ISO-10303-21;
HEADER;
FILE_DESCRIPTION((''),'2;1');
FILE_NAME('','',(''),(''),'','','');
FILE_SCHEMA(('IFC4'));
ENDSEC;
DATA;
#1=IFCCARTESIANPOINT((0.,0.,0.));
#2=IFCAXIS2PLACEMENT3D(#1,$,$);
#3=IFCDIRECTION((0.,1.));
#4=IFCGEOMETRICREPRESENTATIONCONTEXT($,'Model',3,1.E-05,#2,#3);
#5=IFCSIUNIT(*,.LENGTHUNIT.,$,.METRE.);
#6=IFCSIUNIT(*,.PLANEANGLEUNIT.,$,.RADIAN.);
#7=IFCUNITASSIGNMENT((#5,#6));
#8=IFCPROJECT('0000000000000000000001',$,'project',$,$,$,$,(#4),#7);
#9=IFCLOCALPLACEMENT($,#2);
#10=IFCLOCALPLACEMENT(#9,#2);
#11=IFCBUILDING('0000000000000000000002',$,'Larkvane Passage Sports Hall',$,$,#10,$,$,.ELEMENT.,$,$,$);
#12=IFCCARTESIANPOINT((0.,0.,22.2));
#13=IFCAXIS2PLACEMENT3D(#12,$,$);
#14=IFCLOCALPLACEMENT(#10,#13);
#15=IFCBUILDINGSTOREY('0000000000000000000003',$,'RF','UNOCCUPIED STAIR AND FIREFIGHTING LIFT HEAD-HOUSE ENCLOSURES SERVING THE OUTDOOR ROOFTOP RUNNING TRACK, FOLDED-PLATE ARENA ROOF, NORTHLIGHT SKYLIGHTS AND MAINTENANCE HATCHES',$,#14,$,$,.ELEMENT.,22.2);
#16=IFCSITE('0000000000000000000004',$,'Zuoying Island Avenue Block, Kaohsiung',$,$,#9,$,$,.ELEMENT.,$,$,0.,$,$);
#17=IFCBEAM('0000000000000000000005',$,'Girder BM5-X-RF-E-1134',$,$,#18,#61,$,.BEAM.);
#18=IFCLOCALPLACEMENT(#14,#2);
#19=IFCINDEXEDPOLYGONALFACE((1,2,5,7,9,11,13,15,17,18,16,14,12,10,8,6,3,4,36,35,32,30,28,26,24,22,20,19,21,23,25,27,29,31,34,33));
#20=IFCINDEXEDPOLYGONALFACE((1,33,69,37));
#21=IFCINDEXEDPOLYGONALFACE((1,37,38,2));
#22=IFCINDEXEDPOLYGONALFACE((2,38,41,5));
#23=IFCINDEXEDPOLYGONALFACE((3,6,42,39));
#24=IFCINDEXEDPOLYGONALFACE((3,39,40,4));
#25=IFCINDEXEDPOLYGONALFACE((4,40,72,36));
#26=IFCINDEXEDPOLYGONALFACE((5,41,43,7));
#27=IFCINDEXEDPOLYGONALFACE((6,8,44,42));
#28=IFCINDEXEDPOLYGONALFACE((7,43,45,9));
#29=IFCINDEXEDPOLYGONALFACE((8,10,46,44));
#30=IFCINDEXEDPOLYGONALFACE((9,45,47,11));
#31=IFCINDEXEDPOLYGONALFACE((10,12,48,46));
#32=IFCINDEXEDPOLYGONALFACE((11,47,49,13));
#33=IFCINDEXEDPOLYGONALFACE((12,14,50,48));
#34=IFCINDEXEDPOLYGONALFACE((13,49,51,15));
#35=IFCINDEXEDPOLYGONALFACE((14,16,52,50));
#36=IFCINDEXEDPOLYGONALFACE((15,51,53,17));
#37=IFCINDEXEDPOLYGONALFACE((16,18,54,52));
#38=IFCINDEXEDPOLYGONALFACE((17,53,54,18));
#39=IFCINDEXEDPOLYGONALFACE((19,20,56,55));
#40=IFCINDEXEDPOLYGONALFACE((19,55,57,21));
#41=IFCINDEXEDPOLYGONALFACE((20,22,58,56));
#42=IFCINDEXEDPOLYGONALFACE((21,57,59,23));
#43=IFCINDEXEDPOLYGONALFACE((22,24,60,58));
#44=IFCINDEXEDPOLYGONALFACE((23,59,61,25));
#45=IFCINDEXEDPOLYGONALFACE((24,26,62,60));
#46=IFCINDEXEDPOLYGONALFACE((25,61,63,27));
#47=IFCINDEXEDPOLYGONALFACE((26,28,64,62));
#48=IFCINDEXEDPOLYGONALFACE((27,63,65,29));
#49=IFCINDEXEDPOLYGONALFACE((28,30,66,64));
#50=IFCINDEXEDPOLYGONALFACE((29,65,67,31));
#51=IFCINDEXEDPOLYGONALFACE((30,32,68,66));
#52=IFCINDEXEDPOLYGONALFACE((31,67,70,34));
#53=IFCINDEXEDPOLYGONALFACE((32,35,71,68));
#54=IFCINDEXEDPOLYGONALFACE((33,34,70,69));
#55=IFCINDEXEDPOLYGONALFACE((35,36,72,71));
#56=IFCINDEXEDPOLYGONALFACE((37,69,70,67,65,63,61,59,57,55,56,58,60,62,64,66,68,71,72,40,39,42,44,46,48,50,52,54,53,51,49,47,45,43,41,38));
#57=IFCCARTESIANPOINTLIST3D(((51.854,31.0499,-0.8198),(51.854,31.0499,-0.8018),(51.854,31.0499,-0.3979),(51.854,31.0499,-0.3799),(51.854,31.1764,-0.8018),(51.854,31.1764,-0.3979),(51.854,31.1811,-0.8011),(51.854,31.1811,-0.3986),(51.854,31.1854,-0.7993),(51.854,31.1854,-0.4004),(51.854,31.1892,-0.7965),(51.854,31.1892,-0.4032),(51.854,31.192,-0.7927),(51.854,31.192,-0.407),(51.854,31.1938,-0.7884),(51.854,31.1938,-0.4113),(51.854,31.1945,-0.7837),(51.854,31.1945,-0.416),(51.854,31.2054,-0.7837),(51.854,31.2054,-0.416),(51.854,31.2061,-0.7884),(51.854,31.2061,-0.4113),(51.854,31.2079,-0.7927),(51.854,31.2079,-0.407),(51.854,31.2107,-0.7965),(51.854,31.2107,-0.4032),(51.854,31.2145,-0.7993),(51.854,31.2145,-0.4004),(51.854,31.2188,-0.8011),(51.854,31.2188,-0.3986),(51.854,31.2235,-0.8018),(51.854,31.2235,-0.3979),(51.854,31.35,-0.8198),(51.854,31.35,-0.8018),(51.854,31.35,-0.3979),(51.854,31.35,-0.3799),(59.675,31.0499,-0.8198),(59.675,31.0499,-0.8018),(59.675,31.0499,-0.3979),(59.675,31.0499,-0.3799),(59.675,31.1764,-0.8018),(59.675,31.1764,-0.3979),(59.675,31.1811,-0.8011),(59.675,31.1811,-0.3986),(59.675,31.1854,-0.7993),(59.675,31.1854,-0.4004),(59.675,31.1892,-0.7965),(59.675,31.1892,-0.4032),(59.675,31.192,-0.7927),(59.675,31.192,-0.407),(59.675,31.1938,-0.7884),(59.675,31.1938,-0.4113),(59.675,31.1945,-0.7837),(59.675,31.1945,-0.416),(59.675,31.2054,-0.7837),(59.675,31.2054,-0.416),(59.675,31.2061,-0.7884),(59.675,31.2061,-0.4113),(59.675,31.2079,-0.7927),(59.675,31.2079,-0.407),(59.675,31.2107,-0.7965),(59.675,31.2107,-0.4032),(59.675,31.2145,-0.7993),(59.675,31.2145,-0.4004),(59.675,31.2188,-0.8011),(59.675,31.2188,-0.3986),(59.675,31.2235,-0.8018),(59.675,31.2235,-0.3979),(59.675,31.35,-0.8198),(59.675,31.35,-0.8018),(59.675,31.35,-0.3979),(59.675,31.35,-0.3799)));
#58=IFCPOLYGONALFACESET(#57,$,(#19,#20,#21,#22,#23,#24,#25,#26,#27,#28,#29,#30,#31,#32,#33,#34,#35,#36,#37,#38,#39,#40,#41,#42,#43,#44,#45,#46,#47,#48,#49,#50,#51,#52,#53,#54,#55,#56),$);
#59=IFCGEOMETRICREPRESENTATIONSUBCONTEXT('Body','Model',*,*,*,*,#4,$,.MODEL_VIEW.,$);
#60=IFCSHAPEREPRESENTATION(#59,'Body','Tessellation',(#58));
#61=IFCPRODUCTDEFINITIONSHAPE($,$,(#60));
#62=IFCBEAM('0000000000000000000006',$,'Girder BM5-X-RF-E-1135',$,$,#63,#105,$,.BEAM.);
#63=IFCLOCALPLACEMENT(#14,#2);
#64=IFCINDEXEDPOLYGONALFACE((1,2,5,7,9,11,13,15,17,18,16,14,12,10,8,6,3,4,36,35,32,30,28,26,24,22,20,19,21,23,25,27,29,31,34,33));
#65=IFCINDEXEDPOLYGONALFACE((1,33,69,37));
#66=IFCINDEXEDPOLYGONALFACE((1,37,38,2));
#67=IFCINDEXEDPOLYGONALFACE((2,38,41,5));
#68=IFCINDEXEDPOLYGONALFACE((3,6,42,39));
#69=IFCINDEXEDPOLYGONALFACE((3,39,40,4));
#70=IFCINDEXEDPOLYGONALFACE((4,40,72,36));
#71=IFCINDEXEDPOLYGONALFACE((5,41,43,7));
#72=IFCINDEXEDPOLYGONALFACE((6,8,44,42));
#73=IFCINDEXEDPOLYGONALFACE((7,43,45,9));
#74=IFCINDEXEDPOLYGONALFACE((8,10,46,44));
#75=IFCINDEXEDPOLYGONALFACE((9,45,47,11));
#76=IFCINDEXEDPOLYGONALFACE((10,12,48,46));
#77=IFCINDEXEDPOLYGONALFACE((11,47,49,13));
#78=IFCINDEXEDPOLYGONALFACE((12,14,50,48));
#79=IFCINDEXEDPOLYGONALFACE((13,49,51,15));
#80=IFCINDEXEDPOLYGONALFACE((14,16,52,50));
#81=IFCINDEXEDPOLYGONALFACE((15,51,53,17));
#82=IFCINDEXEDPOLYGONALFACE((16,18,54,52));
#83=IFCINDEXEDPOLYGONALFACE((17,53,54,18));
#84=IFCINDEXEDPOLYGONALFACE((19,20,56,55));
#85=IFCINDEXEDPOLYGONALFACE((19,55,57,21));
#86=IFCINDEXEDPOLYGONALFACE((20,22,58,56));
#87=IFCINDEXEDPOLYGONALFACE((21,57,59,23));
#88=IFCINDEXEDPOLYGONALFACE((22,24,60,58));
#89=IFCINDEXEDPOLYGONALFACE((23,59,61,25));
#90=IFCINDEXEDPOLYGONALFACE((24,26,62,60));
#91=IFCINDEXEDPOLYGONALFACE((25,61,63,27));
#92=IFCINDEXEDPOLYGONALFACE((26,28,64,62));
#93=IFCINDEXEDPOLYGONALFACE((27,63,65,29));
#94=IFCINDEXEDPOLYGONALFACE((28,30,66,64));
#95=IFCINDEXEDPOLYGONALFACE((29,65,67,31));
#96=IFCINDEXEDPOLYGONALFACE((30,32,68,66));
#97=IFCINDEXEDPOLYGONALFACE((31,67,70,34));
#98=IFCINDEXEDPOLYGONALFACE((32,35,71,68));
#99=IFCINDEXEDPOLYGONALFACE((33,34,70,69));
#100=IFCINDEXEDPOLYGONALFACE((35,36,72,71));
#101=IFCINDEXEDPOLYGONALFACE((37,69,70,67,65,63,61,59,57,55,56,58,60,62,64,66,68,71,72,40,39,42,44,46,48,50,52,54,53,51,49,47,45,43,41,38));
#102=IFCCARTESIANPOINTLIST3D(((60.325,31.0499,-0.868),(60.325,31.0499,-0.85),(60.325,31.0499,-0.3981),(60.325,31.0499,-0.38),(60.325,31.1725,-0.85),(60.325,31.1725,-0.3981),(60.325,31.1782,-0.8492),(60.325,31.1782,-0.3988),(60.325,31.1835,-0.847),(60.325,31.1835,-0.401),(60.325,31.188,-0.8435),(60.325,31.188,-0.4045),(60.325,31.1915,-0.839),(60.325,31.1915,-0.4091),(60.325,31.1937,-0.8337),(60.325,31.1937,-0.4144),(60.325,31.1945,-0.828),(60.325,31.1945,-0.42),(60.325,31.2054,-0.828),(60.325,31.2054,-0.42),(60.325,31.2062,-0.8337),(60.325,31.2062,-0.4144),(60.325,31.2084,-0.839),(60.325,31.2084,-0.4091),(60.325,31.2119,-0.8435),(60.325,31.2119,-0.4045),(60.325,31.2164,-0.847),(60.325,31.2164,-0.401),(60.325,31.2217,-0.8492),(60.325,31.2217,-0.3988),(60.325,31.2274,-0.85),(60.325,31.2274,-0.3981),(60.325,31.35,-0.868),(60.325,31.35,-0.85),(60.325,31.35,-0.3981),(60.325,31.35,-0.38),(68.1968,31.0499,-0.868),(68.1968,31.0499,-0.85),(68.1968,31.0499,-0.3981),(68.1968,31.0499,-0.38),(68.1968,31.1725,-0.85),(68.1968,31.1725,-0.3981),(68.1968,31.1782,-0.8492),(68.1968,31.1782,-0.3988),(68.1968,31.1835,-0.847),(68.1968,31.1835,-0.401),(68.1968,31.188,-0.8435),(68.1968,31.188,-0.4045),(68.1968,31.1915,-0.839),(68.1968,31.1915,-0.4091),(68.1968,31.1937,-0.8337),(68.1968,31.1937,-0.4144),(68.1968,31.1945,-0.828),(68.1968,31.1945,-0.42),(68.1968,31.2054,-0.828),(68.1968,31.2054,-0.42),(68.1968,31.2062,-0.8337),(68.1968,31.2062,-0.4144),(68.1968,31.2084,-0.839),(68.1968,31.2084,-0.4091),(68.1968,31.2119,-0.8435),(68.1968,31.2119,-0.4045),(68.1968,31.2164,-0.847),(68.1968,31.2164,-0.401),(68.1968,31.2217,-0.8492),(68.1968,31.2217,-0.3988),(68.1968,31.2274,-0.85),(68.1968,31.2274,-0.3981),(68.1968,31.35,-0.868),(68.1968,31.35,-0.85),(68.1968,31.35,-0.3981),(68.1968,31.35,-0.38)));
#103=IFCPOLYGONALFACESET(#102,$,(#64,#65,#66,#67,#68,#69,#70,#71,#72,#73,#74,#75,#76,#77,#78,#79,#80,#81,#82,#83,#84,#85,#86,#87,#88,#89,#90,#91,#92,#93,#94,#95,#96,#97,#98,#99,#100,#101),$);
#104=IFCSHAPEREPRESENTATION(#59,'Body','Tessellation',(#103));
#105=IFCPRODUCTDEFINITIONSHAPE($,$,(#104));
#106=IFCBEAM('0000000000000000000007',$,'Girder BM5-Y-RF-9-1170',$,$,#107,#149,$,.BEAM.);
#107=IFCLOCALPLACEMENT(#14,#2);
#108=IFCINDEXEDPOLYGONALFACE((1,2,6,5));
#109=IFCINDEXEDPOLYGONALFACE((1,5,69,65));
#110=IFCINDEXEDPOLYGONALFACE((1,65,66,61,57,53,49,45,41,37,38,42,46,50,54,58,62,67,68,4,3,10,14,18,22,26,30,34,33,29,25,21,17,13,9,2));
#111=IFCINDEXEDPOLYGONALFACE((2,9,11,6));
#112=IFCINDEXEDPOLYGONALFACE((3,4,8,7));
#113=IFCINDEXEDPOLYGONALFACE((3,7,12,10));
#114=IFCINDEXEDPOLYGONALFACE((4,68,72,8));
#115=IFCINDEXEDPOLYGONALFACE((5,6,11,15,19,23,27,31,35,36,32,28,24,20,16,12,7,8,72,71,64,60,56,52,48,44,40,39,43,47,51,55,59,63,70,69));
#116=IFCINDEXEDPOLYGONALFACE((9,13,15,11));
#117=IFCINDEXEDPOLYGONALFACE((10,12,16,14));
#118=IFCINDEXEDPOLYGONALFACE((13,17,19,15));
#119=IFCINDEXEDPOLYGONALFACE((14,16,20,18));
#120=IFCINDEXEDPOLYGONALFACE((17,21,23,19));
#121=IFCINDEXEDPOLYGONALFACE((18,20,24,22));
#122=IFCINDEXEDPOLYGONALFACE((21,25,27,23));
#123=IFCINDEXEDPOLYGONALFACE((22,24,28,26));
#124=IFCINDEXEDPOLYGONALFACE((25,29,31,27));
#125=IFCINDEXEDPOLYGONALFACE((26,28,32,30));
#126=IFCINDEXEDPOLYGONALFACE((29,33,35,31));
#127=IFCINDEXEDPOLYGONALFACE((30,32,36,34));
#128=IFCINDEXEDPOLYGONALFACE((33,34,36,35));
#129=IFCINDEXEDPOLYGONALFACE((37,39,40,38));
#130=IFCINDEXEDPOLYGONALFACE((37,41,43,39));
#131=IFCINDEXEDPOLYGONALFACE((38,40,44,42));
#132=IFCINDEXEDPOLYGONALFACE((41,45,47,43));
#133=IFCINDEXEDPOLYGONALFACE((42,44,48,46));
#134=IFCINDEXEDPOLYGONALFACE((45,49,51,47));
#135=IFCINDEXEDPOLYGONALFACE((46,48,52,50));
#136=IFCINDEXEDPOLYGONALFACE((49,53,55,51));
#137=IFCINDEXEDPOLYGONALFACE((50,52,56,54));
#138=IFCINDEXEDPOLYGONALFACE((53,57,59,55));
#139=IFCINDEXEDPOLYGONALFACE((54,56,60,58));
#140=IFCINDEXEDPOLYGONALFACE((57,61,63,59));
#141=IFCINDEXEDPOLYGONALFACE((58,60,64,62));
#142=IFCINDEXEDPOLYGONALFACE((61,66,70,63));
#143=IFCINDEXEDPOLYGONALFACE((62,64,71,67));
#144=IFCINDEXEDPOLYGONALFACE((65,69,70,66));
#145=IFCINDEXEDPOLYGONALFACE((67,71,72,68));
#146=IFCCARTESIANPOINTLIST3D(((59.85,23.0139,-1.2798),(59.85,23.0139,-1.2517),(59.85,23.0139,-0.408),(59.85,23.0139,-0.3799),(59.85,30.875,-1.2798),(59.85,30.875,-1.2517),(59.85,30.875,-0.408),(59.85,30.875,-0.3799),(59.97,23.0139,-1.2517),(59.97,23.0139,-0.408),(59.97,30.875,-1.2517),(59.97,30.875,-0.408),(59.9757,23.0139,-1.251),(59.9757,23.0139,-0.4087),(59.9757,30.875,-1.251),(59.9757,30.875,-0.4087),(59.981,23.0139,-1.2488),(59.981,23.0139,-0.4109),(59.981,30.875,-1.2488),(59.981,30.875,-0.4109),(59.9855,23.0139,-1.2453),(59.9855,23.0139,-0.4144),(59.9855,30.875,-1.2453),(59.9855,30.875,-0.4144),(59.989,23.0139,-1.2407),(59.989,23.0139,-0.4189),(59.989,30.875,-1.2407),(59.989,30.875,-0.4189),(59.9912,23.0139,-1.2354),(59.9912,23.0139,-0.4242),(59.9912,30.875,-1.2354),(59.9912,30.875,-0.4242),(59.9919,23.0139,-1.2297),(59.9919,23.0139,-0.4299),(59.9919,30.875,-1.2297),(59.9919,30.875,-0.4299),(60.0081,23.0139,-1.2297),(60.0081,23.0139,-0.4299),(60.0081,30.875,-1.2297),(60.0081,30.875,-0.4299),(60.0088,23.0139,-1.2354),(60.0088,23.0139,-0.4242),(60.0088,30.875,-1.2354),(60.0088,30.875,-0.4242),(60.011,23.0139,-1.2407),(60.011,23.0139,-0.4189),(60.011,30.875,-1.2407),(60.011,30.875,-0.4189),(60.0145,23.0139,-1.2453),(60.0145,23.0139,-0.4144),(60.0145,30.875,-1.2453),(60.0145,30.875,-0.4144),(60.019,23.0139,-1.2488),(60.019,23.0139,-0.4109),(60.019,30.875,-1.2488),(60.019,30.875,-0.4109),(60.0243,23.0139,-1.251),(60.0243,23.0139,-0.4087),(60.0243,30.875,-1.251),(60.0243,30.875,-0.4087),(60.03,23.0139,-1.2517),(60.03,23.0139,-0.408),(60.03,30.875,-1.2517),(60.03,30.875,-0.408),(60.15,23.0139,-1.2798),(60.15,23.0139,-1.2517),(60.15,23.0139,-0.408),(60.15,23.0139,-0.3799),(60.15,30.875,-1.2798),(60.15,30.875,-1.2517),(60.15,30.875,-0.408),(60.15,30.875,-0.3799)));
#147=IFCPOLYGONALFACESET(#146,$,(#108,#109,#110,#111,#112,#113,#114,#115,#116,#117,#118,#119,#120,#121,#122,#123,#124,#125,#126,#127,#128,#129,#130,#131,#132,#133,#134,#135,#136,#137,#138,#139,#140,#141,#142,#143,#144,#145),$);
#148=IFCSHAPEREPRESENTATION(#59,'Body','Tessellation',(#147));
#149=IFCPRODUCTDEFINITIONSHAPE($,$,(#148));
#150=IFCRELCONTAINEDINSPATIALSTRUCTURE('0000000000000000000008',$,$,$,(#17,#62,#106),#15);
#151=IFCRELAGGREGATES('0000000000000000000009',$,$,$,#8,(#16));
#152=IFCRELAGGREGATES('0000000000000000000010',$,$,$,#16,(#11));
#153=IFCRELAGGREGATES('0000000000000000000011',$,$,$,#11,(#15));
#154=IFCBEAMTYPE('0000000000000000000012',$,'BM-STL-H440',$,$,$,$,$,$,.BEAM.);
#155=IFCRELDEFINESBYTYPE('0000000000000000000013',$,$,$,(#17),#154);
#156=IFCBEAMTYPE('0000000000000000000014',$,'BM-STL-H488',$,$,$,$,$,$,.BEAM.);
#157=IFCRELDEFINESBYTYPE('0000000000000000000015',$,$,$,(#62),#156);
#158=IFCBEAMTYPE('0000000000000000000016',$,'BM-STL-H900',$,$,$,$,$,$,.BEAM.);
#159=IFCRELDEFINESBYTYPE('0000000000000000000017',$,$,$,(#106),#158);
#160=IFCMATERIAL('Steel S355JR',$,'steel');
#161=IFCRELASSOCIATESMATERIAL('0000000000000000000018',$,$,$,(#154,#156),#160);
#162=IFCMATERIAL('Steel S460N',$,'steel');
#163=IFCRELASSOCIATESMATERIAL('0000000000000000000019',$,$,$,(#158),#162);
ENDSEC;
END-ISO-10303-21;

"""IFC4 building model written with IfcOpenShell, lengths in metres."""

from ifc_helpers import new_model, si_unit, direction, frame, origin, origin_2d, place, context, subcontext, project, spatial, i_section, extrude, material, material_profile, profile_set, type_object, element, save


model = new_model("IFC4")

# Units and contexts
model_context = context("Model", 3, precision=1e-05, world=origin(), true_north=direction((0.0, 1.0)))
body_context = subcontext(model_context, "Body", "Model", "MODEL_VIEW")
ifc_project = project(units=[si_unit("LENGTHUNIT", "METRE"), si_unit("PLANEANGLEUNIT", "RADIAN")], contexts=[model_context])

# Site, building, storey
site_placement = place(None, origin())
site = spatial("IfcSite", under=ifc_project, at=site_placement, Name="Zuoying Island Avenue Block, Kaohsiung", CompositionType="ELEMENT", RefElevation=0.0)
building_placement = place(site_placement, origin())
building = spatial("IfcBuilding", under=site, at=building_placement, Name="Larkvane Passage Sports Hall", CompositionType="ELEMENT")
storey_placement = place(building_placement, frame((0.0, 0.0, 22.2)))
storey = spatial("IfcBuildingStorey", under=building, at=storey_placement, Name="RF", Description="UNOCCUPIED STAIR AND FIREFIGHTING LIFT HEAD-HOUSE ENCLOSURES SERVING THE OUTDOOR ROOFTOP RUNNING TRACK, FOLDED-PLATE ARENA ROOF, NORTHLIGHT SKYLIGHTS AND MAINTENANCE HATCHES", CompositionType="ELEMENT", Elevation=22.2)

# Beams
ifc_material_1 = material(Name="Steel S355JR", Category="steel")
ifc_material_profile_1 = material_profile(ifc_material_1, i_section(OverallWidth=0.3, OverallDepth=0.4399, WebThickness=0.011, FlangeThickness=0.0181, FilletRadius=0.0181, at=origin_2d()), Name="H-440x300x11x18")
ifc_profile_set_1 = profile_set([ifc_material_profile_1], Name="Steel S355JR")
beam_type_1 = type_object("IfcBeamType", Name="BM-STL-H440", PredefinedType="BEAM", material=ifc_profile_set_1)
beam_1_placement = place(storey_placement, frame((51.854, 31.2, -0.5999), z_axis=(1.0, 0.0, 0.0), x_axis=(0.0, 1.0, 0.0)))
element("IfcBeam", 1, at=beam_1_placement, inside=storey, type_object=beam_type_1, Name="Girder BM5-X-RF-E-1134", PredefinedType="BEAM", context=body_context, shape_type="SweptSolid", body=[
    extrude(i_section(OverallWidth=0.3, OverallDepth=0.4399, WebThickness=0.011, FlangeThickness=0.0181, FilletRadius=0.0181, at=origin_2d()), origin(), (0.0, 0.0, 1.0), 7.821),
])
ifc_material_profile_2 = material_profile(ifc_material_1, i_section(OverallWidth=0.3, OverallDepth=0.488, WebThickness=0.011, FlangeThickness=0.0181, FilletRadius=0.022, at=origin_2d()), Name="H-488x300x11x18")
ifc_profile_set_2 = profile_set([ifc_material_profile_2], Name="Steel S355JR")
beam_type_2 = type_object("IfcBeamType", Name="BM-STL-H488", PredefinedType="BEAM", material=ifc_profile_set_2)
beam_2_placement = place(storey_placement, frame((60.325, 31.2, -0.624), z_axis=(1.0, 0.0, 0.0), x_axis=(0.0, 1.0, 0.0)))
element("IfcBeam", 2, at=beam_2_placement, inside=storey, type_object=beam_type_2, Name="Girder BM5-X-RF-E-1135", PredefinedType="BEAM", context=body_context, shape_type="SweptSolid", body=[
    extrude(i_section(OverallWidth=0.3, OverallDepth=0.488, WebThickness=0.011, FlangeThickness=0.0181, FilletRadius=0.022, at=origin_2d()), origin(), (0.0, 0.0, 1.0), 7.8718),
])
ifc_material_2 = material(Name="Steel S460N", Category="steel")
ifc_material_profile_3 = material_profile(ifc_material_2, i_section(OverallWidth=0.3, OverallDepth=0.8999, WebThickness=0.0161, FlangeThickness=0.0281, FilletRadius=0.022, at=origin_2d()), Name="H-900x300x16x28")
ifc_profile_set_3 = profile_set([ifc_material_profile_3], Name="Steel S460N")
beam_type_3 = type_object("IfcBeamType", Name="BM-STL-H900", PredefinedType="BEAM", material=ifc_profile_set_3)
beam_3_placement = place(storey_placement, frame((60.0, 23.0139, -0.8298), z_axis=(0.0, 1.0, 0.0), x_axis=(-1.0, 0.0, 0.0)))
element("IfcBeam", 3, at=beam_3_placement, inside=storey, type_object=beam_type_3, Name="Girder BM5-Y-RF-9-1170", PredefinedType="BEAM", context=body_context, shape_type="SweptSolid", body=[
    extrude(i_section(OverallWidth=0.3, OverallDepth=0.8999, WebThickness=0.0161, FlangeThickness=0.0281, FilletRadius=0.022, at=origin_2d()), origin(), (0.0, 0.0, 1.0), 7.8611),
])

save(model, "model.ifc")
